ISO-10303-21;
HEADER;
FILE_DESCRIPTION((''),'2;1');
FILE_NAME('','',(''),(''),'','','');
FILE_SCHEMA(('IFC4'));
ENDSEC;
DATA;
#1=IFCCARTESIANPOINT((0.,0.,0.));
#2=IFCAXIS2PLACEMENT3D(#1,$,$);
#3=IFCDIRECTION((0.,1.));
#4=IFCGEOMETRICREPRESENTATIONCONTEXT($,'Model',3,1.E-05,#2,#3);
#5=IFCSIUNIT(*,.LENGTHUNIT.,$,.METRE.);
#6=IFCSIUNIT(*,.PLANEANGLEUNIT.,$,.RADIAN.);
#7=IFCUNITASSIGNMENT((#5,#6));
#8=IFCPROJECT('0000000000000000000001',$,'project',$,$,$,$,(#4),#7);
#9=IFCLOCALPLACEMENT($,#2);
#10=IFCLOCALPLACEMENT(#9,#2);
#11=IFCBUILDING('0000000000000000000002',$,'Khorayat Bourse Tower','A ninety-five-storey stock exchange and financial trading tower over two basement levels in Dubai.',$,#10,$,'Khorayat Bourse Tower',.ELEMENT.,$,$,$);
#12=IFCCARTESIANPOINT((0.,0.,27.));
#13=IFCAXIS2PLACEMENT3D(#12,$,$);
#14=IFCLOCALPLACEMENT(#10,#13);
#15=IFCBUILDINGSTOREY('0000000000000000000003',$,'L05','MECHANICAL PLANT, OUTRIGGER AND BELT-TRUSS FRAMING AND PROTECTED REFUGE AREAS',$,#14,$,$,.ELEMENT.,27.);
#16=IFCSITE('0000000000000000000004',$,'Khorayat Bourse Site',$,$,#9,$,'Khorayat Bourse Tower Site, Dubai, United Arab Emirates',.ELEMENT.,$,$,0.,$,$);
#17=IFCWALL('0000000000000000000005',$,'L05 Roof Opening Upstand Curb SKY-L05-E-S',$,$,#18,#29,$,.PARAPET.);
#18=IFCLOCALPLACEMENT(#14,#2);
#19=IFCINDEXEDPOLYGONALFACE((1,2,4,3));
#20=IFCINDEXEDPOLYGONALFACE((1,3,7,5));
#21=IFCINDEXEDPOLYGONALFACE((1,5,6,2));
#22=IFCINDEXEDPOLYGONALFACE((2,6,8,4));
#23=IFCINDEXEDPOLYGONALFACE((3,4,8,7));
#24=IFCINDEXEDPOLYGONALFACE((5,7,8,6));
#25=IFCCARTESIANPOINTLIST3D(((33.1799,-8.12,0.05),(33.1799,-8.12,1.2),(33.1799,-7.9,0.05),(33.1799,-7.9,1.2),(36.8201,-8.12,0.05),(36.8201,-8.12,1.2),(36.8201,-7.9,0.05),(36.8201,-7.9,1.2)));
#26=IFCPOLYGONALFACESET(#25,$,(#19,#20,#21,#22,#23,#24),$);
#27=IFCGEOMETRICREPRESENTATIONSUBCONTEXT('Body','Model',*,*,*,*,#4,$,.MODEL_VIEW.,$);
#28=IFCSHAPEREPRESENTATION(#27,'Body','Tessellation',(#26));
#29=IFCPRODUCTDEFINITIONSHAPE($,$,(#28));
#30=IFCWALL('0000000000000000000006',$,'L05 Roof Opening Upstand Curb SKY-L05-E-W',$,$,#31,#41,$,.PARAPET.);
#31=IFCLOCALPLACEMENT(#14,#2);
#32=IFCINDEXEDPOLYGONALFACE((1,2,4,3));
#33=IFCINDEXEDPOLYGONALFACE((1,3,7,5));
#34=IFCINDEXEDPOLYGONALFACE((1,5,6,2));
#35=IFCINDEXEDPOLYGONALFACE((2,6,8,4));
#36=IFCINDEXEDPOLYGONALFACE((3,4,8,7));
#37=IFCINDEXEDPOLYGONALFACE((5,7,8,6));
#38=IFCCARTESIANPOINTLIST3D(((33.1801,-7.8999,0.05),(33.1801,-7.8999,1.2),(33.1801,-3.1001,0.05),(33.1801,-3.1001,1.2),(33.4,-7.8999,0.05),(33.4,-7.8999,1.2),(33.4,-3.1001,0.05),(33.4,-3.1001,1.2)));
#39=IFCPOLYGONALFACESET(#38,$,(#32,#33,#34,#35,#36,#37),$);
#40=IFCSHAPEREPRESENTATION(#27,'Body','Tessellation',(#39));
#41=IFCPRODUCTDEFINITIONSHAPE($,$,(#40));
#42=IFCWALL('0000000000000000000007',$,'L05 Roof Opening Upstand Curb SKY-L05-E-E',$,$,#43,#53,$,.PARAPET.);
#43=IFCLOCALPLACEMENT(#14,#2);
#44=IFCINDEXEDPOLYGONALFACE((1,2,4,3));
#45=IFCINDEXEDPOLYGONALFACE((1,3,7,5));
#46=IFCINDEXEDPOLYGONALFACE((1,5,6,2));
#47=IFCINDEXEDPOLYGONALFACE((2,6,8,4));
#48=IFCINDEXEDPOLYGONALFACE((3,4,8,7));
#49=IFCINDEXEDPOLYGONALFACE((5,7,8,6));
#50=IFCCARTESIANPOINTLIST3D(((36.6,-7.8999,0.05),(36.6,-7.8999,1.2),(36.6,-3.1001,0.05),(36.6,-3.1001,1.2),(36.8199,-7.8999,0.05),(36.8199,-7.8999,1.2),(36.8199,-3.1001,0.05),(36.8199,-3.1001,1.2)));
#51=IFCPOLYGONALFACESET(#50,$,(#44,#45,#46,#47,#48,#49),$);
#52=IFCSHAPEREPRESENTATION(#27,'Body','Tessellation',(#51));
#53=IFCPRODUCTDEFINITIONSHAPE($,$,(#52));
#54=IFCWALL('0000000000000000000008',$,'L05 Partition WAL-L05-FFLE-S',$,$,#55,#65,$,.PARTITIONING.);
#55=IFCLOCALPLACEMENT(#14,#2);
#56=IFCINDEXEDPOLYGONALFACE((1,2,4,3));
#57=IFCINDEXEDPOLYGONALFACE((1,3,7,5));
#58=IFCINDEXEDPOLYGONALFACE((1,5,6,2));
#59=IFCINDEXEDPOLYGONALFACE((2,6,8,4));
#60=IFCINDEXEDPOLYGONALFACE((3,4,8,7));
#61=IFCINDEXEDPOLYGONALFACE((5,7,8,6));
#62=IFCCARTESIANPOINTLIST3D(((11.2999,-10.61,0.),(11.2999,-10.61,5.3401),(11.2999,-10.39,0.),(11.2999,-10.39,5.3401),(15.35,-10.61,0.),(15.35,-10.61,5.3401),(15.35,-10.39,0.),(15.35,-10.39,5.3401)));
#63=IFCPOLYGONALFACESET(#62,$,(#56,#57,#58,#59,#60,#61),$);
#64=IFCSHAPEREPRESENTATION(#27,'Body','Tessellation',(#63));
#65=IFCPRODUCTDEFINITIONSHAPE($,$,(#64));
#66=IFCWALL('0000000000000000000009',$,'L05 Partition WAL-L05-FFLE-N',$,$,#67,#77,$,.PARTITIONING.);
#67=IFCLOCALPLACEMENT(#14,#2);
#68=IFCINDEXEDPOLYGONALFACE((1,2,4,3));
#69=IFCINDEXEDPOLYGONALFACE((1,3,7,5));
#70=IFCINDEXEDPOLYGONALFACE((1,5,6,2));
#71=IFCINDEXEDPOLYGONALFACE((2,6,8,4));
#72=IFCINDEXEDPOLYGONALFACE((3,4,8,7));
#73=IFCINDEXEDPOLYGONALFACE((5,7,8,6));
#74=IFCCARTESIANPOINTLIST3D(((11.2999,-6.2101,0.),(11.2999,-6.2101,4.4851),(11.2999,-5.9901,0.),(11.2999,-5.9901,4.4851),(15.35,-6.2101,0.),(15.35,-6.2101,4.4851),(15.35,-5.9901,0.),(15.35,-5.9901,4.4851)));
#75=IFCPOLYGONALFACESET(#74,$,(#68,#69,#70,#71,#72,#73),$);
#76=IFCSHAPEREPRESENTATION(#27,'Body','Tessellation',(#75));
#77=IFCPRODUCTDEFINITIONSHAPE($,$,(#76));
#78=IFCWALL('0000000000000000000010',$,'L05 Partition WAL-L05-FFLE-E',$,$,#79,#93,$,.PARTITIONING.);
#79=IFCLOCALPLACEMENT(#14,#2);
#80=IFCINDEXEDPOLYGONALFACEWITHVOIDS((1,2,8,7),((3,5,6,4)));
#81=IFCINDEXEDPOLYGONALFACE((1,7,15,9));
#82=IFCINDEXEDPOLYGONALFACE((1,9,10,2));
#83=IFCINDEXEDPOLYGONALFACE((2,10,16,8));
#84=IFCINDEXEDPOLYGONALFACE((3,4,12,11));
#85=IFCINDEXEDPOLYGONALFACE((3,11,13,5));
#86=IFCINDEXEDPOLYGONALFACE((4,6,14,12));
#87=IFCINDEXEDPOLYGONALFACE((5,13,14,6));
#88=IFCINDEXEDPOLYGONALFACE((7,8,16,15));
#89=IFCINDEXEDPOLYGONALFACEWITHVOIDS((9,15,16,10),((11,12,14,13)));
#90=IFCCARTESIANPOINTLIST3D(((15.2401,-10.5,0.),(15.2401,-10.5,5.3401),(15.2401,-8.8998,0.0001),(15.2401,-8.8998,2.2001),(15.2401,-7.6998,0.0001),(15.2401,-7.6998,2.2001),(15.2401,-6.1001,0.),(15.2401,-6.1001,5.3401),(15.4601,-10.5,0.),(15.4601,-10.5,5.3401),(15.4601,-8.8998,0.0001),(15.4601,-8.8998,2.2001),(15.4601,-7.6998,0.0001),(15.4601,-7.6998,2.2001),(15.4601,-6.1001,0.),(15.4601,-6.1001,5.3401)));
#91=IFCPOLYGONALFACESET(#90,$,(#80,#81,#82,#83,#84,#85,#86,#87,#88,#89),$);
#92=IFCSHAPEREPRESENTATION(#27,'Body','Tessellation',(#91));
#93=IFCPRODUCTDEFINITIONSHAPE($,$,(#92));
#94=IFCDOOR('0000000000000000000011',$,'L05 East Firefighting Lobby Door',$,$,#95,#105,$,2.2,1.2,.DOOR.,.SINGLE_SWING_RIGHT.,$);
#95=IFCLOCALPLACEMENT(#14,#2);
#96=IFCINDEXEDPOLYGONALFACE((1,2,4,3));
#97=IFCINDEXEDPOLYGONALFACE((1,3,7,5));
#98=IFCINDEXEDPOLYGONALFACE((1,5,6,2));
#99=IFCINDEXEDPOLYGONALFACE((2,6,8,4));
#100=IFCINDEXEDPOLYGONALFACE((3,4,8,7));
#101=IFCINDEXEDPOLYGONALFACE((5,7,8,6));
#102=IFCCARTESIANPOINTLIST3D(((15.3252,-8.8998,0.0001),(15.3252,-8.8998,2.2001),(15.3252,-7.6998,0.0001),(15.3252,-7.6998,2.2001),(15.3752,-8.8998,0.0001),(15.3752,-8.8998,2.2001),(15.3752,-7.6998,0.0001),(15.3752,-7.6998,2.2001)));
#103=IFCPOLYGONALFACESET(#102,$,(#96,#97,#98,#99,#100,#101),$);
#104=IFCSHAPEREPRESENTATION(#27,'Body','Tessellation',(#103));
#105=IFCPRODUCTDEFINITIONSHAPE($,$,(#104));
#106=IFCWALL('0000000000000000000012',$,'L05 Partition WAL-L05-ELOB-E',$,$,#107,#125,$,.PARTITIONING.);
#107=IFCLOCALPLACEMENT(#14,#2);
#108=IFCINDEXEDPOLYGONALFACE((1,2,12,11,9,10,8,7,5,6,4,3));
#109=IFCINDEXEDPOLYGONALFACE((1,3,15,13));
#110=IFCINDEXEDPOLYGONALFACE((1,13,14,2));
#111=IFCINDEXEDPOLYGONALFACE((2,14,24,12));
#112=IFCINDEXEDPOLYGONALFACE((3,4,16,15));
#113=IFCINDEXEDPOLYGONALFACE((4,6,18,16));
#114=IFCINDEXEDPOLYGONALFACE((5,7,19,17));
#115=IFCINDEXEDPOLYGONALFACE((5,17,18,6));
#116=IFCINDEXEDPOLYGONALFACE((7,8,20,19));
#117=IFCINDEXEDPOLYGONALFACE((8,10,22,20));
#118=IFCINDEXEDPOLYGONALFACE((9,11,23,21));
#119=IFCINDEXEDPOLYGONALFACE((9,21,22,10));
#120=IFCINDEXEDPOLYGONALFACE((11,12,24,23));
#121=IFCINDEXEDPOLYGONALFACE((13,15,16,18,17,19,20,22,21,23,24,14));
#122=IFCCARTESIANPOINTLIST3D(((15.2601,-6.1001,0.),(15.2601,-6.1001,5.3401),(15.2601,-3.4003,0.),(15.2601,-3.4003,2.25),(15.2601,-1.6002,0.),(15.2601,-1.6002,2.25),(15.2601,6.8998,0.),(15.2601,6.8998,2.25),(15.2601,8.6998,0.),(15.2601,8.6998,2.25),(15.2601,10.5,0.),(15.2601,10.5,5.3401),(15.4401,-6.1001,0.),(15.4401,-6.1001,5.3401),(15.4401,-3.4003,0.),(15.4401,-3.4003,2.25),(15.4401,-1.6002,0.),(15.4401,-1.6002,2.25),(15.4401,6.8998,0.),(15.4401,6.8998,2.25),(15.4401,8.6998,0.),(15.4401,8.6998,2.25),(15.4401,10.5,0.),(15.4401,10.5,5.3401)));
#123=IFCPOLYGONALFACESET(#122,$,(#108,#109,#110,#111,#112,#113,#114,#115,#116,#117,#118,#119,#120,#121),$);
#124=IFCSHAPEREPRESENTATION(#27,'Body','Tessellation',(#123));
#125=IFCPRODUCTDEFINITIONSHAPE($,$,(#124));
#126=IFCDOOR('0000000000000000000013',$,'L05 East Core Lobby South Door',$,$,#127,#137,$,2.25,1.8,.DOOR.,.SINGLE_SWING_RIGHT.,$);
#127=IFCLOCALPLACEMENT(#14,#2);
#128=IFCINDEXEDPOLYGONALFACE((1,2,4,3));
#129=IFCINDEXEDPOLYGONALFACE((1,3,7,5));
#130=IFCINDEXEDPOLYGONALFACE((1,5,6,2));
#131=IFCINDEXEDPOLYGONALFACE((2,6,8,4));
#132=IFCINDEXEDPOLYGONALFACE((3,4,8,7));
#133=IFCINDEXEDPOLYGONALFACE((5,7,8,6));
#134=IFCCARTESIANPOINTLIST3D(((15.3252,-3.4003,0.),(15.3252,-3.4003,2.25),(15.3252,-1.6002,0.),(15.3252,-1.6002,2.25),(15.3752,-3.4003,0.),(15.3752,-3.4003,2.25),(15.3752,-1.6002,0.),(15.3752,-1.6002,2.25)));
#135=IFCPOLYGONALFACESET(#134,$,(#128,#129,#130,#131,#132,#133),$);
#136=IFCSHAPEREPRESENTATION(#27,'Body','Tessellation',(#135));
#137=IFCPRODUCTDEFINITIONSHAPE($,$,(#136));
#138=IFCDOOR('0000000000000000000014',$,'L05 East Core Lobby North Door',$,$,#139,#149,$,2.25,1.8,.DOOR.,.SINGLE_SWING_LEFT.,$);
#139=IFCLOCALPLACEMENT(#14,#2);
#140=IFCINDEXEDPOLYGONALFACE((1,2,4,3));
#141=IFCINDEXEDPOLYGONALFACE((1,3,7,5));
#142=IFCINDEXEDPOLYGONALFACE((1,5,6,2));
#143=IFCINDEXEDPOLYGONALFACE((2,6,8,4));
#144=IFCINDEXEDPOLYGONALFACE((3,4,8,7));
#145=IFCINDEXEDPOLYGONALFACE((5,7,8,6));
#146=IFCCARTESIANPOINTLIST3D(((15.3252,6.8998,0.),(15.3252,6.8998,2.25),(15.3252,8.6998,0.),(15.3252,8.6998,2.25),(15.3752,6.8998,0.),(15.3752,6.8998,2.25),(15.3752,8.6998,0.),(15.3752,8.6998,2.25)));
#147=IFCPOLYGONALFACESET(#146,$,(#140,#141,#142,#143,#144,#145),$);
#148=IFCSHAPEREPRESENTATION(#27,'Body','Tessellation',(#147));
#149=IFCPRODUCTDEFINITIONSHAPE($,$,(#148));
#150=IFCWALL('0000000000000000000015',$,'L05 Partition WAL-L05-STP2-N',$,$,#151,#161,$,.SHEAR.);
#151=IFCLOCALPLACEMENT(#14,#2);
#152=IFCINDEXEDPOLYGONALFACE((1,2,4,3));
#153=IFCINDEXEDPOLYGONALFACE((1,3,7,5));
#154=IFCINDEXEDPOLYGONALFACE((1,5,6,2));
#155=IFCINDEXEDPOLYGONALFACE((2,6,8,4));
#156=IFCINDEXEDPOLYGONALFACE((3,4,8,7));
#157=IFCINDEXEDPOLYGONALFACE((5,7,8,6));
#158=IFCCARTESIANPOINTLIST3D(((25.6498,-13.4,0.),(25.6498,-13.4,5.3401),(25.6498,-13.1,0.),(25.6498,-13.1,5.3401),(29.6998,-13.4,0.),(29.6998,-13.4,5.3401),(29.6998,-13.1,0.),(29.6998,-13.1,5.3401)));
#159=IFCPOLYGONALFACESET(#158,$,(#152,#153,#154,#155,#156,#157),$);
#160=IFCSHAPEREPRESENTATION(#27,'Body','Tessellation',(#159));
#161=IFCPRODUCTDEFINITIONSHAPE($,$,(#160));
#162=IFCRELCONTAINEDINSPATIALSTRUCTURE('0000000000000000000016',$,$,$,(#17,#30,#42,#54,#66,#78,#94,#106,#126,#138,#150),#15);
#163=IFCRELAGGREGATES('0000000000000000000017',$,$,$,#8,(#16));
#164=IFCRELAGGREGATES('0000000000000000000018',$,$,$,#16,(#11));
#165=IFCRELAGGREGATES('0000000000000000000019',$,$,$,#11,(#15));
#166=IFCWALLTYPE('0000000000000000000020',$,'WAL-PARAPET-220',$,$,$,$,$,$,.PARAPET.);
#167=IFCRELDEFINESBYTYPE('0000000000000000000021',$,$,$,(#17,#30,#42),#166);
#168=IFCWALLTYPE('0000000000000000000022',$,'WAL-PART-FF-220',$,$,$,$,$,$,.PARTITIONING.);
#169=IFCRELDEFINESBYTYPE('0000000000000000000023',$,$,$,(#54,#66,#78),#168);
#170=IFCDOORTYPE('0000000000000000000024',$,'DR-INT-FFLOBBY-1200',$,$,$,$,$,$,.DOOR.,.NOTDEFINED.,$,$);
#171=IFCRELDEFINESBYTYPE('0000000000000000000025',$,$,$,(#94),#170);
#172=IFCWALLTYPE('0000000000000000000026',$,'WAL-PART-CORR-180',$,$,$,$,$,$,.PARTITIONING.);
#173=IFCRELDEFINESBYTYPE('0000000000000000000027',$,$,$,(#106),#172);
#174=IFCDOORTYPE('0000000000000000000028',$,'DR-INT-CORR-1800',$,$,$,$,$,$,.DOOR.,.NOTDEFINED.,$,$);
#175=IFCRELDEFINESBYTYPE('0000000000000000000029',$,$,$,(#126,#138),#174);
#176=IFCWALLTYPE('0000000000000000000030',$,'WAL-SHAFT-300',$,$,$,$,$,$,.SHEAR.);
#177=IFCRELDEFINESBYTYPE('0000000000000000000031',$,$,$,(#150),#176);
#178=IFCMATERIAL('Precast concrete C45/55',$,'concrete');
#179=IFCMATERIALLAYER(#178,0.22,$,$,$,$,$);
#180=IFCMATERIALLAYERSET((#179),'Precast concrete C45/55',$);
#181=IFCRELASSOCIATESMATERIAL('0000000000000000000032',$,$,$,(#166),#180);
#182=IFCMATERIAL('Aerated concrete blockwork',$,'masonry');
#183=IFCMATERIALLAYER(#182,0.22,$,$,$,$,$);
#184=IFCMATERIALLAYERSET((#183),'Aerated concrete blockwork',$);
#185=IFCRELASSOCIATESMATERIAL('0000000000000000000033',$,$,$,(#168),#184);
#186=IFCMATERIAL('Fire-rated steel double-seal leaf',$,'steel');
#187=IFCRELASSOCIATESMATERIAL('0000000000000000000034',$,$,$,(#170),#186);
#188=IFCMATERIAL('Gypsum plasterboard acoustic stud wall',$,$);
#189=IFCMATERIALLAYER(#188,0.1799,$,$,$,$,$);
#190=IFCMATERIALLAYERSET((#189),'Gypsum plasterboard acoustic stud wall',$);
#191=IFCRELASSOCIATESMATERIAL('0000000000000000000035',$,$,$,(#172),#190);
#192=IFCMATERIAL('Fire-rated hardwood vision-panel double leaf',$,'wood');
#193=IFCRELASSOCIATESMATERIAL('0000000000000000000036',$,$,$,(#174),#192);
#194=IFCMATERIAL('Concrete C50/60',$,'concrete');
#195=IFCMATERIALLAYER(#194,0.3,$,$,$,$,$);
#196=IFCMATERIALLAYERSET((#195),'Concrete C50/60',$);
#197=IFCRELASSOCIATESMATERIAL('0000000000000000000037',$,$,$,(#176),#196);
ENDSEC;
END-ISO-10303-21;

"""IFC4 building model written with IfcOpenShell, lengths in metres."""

from ifc_helpers import new_model, si_unit, direction, frame, frame_2d, origin, place, context, subcontext, project, spatial, rectangle, extrude, source, transform, mapped, material, layer, layer_set, type_object, element, fill, save


model = new_model("IFC4")

# Units and contexts
model_context = context("Model", 3, precision=1e-05, world=origin(), true_north=direction((0.0, 1.0)))
body_context = subcontext(model_context, "Body", "Model", "MODEL_VIEW")
ifc_project = project(units=[si_unit("LENGTHUNIT", "METRE"), si_unit("PLANEANGLEUNIT", "RADIAN")], contexts=[model_context])

# Site, building, storey
site_placement = place(None, origin())
site = spatial("IfcSite", under=ifc_project, at=site_placement, Name="Khorayat Bourse Site", LongName="Khorayat Bourse Tower Site, Dubai, United Arab Emirates", CompositionType="ELEMENT", RefElevation=0.0)
building_placement = place(site_placement, origin())
building = spatial("IfcBuilding", under=site, at=building_placement, Name="Khorayat Bourse Tower", Description="A ninety-five-storey stock exchange and financial trading tower over two basement levels in Dubai.", LongName="Khorayat Bourse Tower", CompositionType="ELEMENT")
storey_placement = place(building_placement, frame((0.0, 0.0, 27.0)))
storey = spatial("IfcBuildingStorey", under=building, at=storey_placement, Name="L05", Description="MECHANICAL PLANT, OUTRIGGER AND BELT-TRUSS FRAMING AND PROTECTED REFUGE AREAS", CompositionType="ELEMENT", Elevation=27.0)

# Walls
ifc_material_1 = material(Name="Precast concrete C45/55", Category="concrete")
ifc_layer_1 = layer(ifc_material_1, 0.22)
ifc_layer_set_1 = layer_set([ifc_layer_1], Name="Precast concrete C45/55")
wall_type_1 = type_object("IfcWallType", Name="WAL-PARAPET-220", PredefinedType="PARAPET", material=ifc_layer_set_1)
shared_shape_1 = source(origin(), body_context, "Body", "SweptSolid", [
    extrude(rectangle(XDim=3.6401, YDim=0.22, at=frame_2d((1.8201, 0.0))), origin(), (0.0, 0.0, 1.0), 1.1499),
])
wall_1_placement = place(storey_placement, frame((33.1799, -8.01, 0.05), z_axis=(0.0, 0.0, 1.0), x_axis=(1.0, 0.0, 0.0)))
element("IfcWall", 1, at=wall_1_placement, inside=storey, type_object=wall_type_1, Name="L05 Roof Opening Upstand Curb SKY-L05-E-S", PredefinedType="PARAPET", context=body_context, shape_type="MappedRepresentation", body=[
    mapped(shared_shape_1, transform((0.0, 0.0, 0.0), scale=1.0)),
])
shared_shape_2 = source(origin(), body_context, "Body", "SweptSolid", [
    extrude(rectangle(XDim=4.7998, YDim=0.22, at=frame_2d((2.3999, 0.0))), origin(), (0.0, 0.0, 1.0), 1.1499),
])
for number, where, z_axis, x_axis, name in (
    (2, (33.29, -7.8999, 0.05), (0.0, 0.0, 1.0), (0.0, 1.0, 0.0), "L05 Roof Opening Upstand Curb SKY-L05-E-W"),
    (3, (36.71, -7.8999, 0.05), (0.0, 0.0, 1.0), (0.0, 1.0, 0.0), "L05 Roof Opening Upstand Curb SKY-L05-E-E"),
):
    element("IfcWall", number, at=place(storey_placement, frame(where, z_axis=z_axis, x_axis=x_axis)), inside=storey, type_object=wall_type_1, Name=name, PredefinedType="PARAPET", context=body_context, shape_type="MappedRepresentation", body=[
        mapped(shared_shape_2, transform((0.0, 0.0, 0.0), scale=1.0)),
    ])
ifc_material_2 = material(Name="Aerated concrete blockwork", Category="masonry")
ifc_layer_2 = layer(ifc_material_2, 0.22)
ifc_layer_set_2 = layer_set([ifc_layer_2], Name="Aerated concrete blockwork")
wall_type_2 = type_object("IfcWallType", Name="WAL-PART-FF-220", PredefinedType="PARTITIONING", material=ifc_layer_set_2)
shared_shape_3 = source(origin(), body_context, "Body", "SweptSolid", [
    extrude(rectangle(XDim=4.05, YDim=0.22, at=frame_2d((2.0249, 0.0))), origin(), (0.0, 0.0, 1.0), 5.3401),
])
wall_2_placement = place(storey_placement, frame((11.3, -10.5, 0.0), z_axis=(0.0, 0.0, 1.0), x_axis=(1.0, 0.0, 0.0)))
element("IfcWall", 4, at=wall_2_placement, inside=storey, type_object=wall_type_2, Name="L05 Partition WAL-L05-FFLE-S", PredefinedType="PARTITIONING", context=body_context, shape_type="MappedRepresentation", body=[
    mapped(shared_shape_3, transform((0.0, 0.0, 0.0), scale=1.0)),
])
shared_shape_4 = source(origin(), body_context, "Body", "SweptSolid", [
    extrude(rectangle(XDim=4.05, YDim=0.22, at=frame_2d((2.0249, 0.0))), origin(), (0.0, 0.0, 1.0), 4.4851),
])
wall_3_placement = place(storey_placement, frame((11.3, -6.1001, 0.0), z_axis=(0.0, 0.0, 1.0), x_axis=(1.0, 0.0, 0.0)))
element("IfcWall", 5, at=wall_3_placement, inside=storey, type_object=wall_type_2, Name="L05 Partition WAL-L05-FFLE-N", PredefinedType="PARTITIONING", context=body_context, shape_type="MappedRepresentation", body=[
    mapped(shared_shape_4, transform((0.0, 0.0, 0.0), scale=1.0)),
])

# Wall, opening, door
shared_shape_5 = source(origin(), body_context, "Body", "SweptSolid", [
    extrude(rectangle(XDim=4.3999, YDim=0.22, at=frame_2d((2.2, 0.0))), origin(), (0.0, 0.0, 1.0), 5.3401),
])
wall_4_placement = place(storey_placement, frame((15.3501, -10.5, 0.0), z_axis=(0.0, 0.0, 1.0), x_axis=(0.0, 1.0, 0.0)))
wall_4 = element("IfcWall", 6, at=wall_4_placement, inside=storey, type_object=wall_type_2, Name="L05 Partition WAL-L05-FFLE-E", PredefinedType="PARTITIONING", context=body_context, shape_type="MappedRepresentation", body=[
    mapped(shared_shape_5, transform((0.0, 0.0, 0.0), scale=1.0)),
])
shared_shape_6 = source(origin(), body_context, "Body", "SweptSolid", [
    extrude(rectangle(XDim=1.2, YDim=2.2, at=frame_2d((0.6001, 1.1001))), frame((0.0, 0.1199, 0.0), z_axis=(0.0, -1.0, 0.0), x_axis=(1.0, 0.0, 0.0)), (0.0, 0.0, 1.0), 0.24),
])
opening_1_placement = place(wall_4_placement, frame((1.6001, 0.0, 0.0)))
opening_1 = element("IfcOpeningElement", 7, at=opening_1_placement, cuts=wall_4, PredefinedType="OPENING", context=body_context, shape_type="MappedRepresentation", body=[
    mapped(shared_shape_6, transform((0.0, 0.0, 0.0), scale=1.0)),
])
ifc_material_3 = material(Name="Fire-rated steel double-seal leaf", Category="steel")
door_type_1 = type_object("IfcDoorType", Name="DR-INT-FFLOBBY-1200", OperationType="NOTDEFINED", PredefinedType="DOOR", material=ifc_material_3)
shared_shape_7 = source(origin(), body_context, "Body", "SweptSolid", [
    extrude(rectangle(XDim=1.2, YDim=2.2, at=frame_2d((0.6001, 1.1001))), frame((0.0, 0.0249, 0.0), z_axis=(0.0, -1.0, 0.0), x_axis=(1.0, 0.0, 0.0)), (0.0, 0.0, 1.0), 0.05),
])
door_1_placement = place(opening_1_placement, origin())
door_1 = element("IfcDoor", 8, at=door_1_placement, inside=storey, type_object=door_type_1, Name="L05 East Firefighting Lobby Door", OperationType="SINGLE_SWING_RIGHT", OverallHeight=2.2, OverallWidth=1.2, PredefinedType="DOOR", context=body_context, shape_type="MappedRepresentation", body=[
    mapped(shared_shape_7, transform((0.0, 0.0, 0.0), scale=1.0)),
])
fill(opening_1, door_1)

# Wall, openings, doors
ifc_material_4 = material(Name="Gypsum plasterboard acoustic stud wall")
ifc_layer_3 = layer(ifc_material_4, 0.1799)
ifc_layer_set_3 = layer_set([ifc_layer_3], Name="Gypsum plasterboard acoustic stud wall")
wall_type_3 = type_object("IfcWallType", Name="WAL-PART-CORR-180", PredefinedType="PARTITIONING", material=ifc_layer_set_3)
shared_shape_8 = source(origin(), body_context, "Body", "SweptSolid", [
    extrude(rectangle(XDim=16.6001, YDim=0.1799, at=frame_2d((8.3, 0.0))), origin(), (0.0, 0.0, 1.0), 5.3401),
])
wall_5_placement = place(storey_placement, frame((15.3501, -6.1001, 0.0), z_axis=(0.0, 0.0, 1.0), x_axis=(0.0, 1.0, 0.0)))
wall_5 = element("IfcWall", 9, at=wall_5_placement, inside=storey, type_object=wall_type_3, Name="L05 Partition WAL-L05-ELOB-E", PredefinedType="PARTITIONING", context=body_context, shape_type="MappedRepresentation", body=[
    mapped(shared_shape_8, transform((0.0, 0.0, 0.0), scale=1.0)),
])
shared_shape_9 = source(origin(), body_context, "Body", "SweptSolid", [
    extrude(rectangle(XDim=1.8, YDim=2.25, at=frame_2d((0.8999, 1.125))), frame((0.0, 0.0999, 0.0), z_axis=(0.0, -1.0, 0.0), x_axis=(1.0, 0.0, 0.0)), (0.0, 0.0, 1.0), 0.2),
])
opening_2_placement = place(wall_5_placement, frame((2.7, 0.0, 0.0)))
opening_2 = element("IfcOpeningElement", 10, at=opening_2_placement, cuts=wall_5, PredefinedType="OPENING", context=body_context, shape_type="MappedRepresentation", body=[
    mapped(shared_shape_9, transform((0.0, 0.0, 0.0), scale=1.0)),
])
opening_3_placement = place(wall_5_placement, frame((13.0, 0.0, 0.0)))
opening_3 = element("IfcOpeningElement", 11, at=opening_3_placement, cuts=wall_5, PredefinedType="OPENING", context=body_context, shape_type="MappedRepresentation", body=[
    mapped(shared_shape_9, transform((0.0, 0.0, 0.0), scale=1.0)),
])
ifc_material_5 = material(Name="Fire-rated hardwood vision-panel double leaf", Category="wood")
door_type_2 = type_object("IfcDoorType", Name="DR-INT-CORR-1800", OperationType="NOTDEFINED", PredefinedType="DOOR", material=ifc_material_5)
shared_shape_10 = source(origin(), body_context, "Body", "SweptSolid", [
    extrude(rectangle(XDim=1.8, YDim=2.25, at=frame_2d((0.8999, 1.125))), frame((0.0, 0.0249, 0.0), z_axis=(0.0, -1.0, 0.0), x_axis=(1.0, 0.0, 0.0)), (0.0, 0.0, 1.0), 0.05),
])
door_2_placement = place(opening_2_placement, origin())
door_2 = element("IfcDoor", 12, at=door_2_placement, inside=storey, type_object=door_type_2, Name="L05 East Core Lobby South Door", OperationType="SINGLE_SWING_RIGHT", OverallHeight=2.25, OverallWidth=1.8, PredefinedType="DOOR", context=body_context, shape_type="MappedRepresentation", body=[
    mapped(shared_shape_10, transform((0.0, 0.0, 0.0), scale=1.0)),
])
fill(opening_2, door_2)
door_3_placement = place(opening_3_placement, origin())
door_3 = element("IfcDoor", 13, at=door_3_placement, inside=storey, type_object=door_type_2, Name="L05 East Core Lobby North Door", OperationType="SINGLE_SWING_LEFT", OverallHeight=2.25, OverallWidth=1.8, PredefinedType="DOOR", context=body_context, shape_type="MappedRepresentation", body=[
    mapped(shared_shape_10, transform((0.0, 0.0, 0.0), scale=1.0)),
])
fill(opening_3, door_3)

# Wall
ifc_material_6 = material(Name="Concrete C50/60", Category="concrete")
ifc_layer_4 = layer(ifc_material_6, 0.3)
ifc_layer_set_4 = layer_set([ifc_layer_4], Name="Concrete C50/60")
wall_type_4 = type_object("IfcWallType", Name="WAL-SHAFT-300", PredefinedType="SHEAR", material=ifc_layer_set_4)
shared_shape_11 = source(origin(), body_context, "Body", "SweptSolid", [
    extrude(rectangle(XDim=4.05, YDim=0.3, at=frame_2d((2.0249, 0.0))), origin(), (0.0, 0.0, 1.0), 5.3401),
])
wall_6_placement = place(storey_placement, frame((25.6499, -13.25, 0.0), z_axis=(0.0, 0.0, 1.0), x_axis=(1.0, 0.0, 0.0)))
element("IfcWall", 14, at=wall_6_placement, inside=storey, type_object=wall_type_4, Name="L05 Partition WAL-L05-STP2-N", PredefinedType="SHEAR", context=body_context, shape_type="MappedRepresentation", body=[
    mapped(shared_shape_11, transform((0.0, 0.0, 0.0), scale=1.0)),
])

save(model, "model.ifc")
